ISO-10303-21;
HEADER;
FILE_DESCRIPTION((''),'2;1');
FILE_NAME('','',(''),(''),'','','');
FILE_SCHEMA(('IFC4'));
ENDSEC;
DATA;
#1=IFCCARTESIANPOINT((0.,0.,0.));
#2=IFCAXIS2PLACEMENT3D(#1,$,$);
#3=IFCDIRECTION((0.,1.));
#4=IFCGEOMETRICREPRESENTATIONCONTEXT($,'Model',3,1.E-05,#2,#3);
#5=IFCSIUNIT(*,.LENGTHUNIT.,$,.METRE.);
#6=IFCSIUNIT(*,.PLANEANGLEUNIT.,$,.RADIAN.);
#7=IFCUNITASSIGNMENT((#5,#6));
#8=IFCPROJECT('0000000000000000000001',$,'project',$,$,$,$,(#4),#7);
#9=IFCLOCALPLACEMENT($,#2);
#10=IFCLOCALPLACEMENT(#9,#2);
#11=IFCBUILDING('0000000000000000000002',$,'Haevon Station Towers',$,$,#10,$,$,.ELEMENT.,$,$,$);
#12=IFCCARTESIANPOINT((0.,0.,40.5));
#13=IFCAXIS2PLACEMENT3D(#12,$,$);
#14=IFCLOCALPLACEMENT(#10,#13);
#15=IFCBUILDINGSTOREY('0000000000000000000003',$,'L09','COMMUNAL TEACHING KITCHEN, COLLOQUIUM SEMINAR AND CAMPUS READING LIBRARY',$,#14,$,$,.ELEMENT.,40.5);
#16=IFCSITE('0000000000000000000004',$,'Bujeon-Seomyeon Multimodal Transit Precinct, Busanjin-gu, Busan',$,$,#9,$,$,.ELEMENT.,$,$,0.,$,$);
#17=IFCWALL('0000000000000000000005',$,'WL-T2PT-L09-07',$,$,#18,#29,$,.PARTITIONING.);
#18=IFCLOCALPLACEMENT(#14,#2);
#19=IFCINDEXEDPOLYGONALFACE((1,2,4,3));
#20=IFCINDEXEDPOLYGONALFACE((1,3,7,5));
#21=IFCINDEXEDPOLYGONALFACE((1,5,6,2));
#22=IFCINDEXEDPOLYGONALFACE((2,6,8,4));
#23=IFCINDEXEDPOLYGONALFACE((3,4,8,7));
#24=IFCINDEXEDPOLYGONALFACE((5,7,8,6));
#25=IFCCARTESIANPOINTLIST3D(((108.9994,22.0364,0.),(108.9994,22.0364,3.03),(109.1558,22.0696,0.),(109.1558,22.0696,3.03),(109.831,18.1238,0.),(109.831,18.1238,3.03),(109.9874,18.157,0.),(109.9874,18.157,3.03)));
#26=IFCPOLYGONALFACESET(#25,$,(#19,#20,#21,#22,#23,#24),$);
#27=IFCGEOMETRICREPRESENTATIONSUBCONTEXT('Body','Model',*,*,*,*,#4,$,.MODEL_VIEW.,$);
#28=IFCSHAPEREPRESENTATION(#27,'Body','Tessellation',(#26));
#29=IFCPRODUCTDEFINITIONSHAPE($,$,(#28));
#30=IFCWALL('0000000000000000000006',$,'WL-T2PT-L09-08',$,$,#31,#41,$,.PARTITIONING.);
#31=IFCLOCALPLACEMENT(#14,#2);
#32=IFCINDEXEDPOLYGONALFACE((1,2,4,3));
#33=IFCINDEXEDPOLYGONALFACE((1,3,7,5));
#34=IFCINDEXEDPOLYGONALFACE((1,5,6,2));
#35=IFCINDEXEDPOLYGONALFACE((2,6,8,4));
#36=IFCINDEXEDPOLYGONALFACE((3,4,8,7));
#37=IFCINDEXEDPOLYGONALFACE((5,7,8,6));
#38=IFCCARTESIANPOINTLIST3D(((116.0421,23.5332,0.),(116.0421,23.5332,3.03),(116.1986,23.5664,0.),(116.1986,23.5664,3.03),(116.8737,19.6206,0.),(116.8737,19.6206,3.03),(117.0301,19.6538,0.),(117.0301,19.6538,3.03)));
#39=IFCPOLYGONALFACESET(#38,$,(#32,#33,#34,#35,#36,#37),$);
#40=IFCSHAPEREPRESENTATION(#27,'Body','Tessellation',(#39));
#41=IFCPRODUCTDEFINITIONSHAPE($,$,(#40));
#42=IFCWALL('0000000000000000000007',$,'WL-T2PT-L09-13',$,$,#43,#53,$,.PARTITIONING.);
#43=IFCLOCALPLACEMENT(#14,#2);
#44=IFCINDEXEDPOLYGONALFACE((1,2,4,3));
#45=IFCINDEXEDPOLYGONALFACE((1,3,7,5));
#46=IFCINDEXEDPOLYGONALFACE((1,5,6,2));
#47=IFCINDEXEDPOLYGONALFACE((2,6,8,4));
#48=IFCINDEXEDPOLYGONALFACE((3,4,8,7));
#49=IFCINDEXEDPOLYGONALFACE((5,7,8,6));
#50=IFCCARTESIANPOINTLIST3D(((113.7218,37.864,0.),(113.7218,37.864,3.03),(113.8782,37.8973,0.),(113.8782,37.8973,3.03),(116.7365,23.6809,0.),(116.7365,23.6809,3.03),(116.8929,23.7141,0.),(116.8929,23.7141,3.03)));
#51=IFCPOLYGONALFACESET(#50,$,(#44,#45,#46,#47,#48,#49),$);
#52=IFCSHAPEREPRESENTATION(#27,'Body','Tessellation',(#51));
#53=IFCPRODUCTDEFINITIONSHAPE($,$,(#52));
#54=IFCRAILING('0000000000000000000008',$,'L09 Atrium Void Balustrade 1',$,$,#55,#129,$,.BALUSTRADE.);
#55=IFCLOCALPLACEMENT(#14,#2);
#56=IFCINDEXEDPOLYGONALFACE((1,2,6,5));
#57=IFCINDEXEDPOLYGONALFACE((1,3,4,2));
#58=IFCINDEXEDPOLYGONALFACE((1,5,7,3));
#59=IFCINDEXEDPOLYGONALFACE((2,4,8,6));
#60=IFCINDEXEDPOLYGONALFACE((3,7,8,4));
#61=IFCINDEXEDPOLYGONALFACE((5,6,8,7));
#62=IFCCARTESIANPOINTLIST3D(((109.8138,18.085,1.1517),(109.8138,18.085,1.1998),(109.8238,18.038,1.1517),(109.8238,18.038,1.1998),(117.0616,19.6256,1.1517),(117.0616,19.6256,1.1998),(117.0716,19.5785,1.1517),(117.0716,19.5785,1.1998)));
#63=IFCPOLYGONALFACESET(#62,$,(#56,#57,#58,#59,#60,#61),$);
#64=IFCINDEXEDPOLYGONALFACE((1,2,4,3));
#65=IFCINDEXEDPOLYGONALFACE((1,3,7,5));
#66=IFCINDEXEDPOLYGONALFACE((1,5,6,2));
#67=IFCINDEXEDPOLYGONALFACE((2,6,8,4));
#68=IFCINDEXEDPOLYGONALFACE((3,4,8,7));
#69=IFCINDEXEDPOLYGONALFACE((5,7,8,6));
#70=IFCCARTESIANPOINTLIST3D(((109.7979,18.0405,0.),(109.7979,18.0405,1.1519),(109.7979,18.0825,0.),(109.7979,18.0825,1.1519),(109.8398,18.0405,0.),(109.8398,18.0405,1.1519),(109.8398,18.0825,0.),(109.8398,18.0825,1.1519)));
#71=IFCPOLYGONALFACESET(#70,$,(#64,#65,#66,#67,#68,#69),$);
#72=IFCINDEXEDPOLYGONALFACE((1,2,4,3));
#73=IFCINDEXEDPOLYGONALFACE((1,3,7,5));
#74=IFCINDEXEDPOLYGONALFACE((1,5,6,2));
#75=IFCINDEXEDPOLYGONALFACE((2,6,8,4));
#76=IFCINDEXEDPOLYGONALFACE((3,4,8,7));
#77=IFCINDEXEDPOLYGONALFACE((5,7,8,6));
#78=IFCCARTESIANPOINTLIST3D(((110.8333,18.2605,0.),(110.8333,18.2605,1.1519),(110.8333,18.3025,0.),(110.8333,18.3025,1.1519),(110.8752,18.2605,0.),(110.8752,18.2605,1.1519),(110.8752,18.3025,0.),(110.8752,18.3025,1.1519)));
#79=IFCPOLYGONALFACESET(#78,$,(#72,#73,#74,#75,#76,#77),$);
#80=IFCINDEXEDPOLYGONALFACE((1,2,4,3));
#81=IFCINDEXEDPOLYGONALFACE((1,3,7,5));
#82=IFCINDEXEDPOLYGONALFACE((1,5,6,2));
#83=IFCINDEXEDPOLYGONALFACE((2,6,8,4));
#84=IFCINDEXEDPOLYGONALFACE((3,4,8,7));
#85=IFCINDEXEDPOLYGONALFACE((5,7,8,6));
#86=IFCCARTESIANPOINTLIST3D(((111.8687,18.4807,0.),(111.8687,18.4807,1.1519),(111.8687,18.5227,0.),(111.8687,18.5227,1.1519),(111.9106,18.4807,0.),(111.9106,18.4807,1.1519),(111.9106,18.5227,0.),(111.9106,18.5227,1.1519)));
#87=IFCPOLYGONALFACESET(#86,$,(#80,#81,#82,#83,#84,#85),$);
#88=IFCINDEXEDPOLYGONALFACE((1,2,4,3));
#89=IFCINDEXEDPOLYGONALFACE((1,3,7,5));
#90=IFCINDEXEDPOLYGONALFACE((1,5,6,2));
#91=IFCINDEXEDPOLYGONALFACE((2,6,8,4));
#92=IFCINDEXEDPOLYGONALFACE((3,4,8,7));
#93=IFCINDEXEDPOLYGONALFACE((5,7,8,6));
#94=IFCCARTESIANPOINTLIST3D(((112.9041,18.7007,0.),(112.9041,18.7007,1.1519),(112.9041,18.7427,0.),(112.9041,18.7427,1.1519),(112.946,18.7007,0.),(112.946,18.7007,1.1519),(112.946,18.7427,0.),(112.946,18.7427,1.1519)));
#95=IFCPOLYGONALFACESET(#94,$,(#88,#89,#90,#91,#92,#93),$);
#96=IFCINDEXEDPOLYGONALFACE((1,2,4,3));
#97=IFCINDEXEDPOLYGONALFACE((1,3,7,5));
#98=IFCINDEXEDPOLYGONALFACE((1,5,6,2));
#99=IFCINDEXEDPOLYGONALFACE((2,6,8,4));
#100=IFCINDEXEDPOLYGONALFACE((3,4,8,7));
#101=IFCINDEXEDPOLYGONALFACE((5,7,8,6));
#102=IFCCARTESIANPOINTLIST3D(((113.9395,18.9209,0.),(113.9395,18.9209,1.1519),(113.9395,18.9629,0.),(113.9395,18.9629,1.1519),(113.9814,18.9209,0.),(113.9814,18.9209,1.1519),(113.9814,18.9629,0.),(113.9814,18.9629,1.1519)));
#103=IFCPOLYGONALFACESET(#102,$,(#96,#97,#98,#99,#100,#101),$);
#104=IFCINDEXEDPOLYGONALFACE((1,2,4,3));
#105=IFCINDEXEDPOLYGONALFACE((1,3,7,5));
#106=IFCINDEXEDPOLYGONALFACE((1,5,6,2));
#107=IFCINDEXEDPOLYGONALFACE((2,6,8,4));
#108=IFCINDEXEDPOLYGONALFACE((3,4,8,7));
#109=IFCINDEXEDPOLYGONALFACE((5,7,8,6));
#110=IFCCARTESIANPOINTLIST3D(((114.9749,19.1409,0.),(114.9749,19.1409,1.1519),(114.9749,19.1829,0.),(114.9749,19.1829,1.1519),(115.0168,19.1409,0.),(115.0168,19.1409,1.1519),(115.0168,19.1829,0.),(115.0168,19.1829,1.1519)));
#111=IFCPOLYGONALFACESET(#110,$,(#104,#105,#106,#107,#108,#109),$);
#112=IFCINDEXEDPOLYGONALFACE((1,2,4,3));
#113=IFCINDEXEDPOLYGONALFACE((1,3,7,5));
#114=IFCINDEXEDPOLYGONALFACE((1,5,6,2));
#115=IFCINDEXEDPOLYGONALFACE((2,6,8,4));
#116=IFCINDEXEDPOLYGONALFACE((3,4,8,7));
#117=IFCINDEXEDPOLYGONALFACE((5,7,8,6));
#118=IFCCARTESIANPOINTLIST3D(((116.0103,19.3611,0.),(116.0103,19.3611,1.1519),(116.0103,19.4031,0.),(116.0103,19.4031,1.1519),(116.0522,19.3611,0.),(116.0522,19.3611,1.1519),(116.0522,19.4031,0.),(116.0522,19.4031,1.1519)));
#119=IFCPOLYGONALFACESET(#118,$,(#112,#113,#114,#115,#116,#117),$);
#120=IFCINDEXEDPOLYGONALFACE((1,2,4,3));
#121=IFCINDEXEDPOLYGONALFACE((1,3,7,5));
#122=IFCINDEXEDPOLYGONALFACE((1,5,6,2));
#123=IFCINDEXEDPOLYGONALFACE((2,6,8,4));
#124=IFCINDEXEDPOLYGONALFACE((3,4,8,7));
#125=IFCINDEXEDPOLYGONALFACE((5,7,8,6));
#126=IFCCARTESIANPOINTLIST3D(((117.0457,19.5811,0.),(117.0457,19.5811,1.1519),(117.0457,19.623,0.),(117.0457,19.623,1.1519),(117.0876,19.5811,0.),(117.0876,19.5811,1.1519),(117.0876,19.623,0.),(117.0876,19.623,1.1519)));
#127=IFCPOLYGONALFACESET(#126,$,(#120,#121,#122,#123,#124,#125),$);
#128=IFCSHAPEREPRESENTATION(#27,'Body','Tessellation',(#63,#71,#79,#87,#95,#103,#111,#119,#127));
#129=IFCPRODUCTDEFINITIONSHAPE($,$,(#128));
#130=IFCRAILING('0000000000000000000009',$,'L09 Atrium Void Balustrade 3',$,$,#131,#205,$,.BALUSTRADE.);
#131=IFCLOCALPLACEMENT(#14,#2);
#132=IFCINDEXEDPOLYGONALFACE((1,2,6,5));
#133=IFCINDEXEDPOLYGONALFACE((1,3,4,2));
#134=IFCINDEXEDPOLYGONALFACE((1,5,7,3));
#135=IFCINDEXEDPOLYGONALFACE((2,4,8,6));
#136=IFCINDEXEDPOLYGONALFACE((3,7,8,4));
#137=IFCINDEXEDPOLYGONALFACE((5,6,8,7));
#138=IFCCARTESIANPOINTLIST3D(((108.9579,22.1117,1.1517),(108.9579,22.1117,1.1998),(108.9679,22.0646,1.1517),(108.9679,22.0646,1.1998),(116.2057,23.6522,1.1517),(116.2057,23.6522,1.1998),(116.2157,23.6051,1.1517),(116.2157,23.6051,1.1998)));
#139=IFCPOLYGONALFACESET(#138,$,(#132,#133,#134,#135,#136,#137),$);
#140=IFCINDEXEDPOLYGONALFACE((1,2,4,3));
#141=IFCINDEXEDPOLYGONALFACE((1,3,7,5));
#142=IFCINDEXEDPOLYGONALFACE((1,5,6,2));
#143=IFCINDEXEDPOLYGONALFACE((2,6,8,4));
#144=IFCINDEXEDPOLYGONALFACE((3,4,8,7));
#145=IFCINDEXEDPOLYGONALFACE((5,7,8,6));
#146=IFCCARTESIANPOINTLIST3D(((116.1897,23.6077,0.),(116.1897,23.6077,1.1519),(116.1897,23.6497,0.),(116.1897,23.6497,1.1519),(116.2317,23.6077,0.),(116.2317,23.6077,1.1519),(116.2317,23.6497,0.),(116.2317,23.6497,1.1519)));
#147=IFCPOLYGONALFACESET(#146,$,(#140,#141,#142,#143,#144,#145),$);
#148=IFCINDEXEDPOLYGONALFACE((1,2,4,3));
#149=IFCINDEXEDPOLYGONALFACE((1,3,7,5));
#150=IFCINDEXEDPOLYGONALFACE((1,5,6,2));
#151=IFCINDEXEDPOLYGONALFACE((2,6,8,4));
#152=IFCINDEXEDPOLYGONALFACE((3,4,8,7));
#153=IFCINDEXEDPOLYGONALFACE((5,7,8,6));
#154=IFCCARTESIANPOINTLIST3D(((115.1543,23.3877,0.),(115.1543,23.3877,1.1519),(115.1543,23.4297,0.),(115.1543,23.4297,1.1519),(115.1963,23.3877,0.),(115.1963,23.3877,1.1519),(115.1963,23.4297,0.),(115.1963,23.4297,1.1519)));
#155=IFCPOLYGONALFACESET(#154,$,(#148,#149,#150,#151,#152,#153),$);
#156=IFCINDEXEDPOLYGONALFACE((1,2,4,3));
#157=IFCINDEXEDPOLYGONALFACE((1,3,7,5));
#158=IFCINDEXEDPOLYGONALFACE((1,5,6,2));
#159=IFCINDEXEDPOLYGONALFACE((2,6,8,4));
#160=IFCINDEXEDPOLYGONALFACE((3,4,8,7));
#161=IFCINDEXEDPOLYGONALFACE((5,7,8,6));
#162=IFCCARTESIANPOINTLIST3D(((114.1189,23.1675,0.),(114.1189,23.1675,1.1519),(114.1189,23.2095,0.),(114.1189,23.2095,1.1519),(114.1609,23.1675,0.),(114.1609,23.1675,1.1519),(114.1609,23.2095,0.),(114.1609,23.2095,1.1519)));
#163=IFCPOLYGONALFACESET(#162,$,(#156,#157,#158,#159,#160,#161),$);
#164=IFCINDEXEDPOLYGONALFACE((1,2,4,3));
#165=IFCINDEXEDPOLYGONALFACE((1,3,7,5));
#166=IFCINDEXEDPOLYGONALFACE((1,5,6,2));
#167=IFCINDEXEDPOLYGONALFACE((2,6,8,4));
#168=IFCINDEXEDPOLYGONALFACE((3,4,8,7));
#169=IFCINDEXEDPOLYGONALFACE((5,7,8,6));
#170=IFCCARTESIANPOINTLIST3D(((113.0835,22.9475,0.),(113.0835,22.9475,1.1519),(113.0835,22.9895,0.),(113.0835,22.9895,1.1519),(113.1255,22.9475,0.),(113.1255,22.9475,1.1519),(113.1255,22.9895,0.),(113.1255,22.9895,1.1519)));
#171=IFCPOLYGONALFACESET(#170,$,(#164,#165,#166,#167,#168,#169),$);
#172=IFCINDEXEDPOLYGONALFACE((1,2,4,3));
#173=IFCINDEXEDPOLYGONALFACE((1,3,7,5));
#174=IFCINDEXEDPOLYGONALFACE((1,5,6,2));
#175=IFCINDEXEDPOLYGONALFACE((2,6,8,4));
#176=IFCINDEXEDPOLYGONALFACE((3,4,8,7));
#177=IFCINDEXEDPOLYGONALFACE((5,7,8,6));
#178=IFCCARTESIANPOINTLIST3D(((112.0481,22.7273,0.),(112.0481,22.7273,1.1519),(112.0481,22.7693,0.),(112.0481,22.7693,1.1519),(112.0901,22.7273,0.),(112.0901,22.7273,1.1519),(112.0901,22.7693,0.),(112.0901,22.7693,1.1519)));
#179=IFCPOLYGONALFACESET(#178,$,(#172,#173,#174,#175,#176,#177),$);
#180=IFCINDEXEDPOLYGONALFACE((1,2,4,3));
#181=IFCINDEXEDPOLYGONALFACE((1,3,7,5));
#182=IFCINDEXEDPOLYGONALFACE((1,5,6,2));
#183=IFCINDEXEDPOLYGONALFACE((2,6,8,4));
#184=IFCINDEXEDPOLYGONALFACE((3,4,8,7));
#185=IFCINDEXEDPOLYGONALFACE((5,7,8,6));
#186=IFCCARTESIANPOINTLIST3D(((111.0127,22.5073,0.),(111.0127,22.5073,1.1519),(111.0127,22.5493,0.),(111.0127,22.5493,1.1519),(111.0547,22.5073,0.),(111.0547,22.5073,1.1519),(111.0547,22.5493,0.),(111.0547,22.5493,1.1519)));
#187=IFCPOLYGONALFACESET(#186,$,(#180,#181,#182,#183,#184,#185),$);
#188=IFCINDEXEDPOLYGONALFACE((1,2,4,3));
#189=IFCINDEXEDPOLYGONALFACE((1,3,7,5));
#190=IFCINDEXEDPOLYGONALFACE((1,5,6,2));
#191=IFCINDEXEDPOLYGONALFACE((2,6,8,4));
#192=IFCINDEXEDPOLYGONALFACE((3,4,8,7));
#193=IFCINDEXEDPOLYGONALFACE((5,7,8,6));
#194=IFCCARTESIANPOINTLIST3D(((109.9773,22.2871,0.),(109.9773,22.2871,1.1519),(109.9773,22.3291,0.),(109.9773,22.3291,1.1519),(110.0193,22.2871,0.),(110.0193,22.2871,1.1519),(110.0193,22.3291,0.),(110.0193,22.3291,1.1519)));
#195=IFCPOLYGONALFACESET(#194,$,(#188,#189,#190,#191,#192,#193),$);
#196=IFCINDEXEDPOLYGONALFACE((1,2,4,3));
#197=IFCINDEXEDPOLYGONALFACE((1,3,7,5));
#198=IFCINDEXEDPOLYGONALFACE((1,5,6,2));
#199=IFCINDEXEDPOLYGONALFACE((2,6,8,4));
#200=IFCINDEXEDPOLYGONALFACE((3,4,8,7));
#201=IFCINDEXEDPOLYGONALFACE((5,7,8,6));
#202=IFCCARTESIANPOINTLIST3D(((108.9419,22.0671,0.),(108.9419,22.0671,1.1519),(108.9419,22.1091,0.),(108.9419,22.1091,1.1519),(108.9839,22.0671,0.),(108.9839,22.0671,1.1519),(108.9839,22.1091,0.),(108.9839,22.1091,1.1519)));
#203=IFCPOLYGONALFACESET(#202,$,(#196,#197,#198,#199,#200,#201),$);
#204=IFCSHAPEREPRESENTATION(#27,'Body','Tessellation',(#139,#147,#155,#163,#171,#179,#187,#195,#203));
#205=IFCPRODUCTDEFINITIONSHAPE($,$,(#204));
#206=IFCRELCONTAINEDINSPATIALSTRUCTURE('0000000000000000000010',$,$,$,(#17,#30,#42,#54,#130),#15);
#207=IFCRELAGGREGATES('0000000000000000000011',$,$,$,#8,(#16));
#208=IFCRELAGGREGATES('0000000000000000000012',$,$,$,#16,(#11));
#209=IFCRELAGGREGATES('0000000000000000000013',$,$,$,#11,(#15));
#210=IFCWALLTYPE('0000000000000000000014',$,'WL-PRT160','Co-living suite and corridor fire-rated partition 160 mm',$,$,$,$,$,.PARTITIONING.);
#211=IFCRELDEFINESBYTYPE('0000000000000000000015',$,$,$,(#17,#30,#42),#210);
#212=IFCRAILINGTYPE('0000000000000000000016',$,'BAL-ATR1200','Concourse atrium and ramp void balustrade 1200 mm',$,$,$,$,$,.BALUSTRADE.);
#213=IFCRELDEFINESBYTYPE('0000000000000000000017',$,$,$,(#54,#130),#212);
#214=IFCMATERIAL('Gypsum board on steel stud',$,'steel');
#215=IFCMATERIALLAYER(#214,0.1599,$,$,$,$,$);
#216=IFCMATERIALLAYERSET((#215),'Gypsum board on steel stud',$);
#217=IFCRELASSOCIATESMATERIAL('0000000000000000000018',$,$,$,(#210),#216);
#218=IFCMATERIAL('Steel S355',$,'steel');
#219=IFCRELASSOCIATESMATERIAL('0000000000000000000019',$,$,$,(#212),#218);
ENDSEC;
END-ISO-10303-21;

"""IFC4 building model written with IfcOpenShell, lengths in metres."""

from ifc_helpers import new_model, si_unit, direction, frame, frame_2d, origin, origin_2d, place, context, subcontext, project, spatial, rectangle, extrude, material, layer, layer_set, type_object, element, save


model = new_model("IFC4")

# Units and contexts
model_context = context("Model", 3, precision=1e-05, world=origin(), true_north=direction((0.0, 1.0)))
body_context = subcontext(model_context, "Body", "Model", "MODEL_VIEW")
ifc_project = project(units=[si_unit("LENGTHUNIT", "METRE"), si_unit("PLANEANGLEUNIT", "RADIAN")], contexts=[model_context])

# Site, building, storey
site_placement = place(None, origin())
site = spatial("IfcSite", under=ifc_project, at=site_placement, Name="Bujeon-Seomyeon Multimodal Transit Precinct, Busanjin-gu, Busan", CompositionType="ELEMENT", RefElevation=0.0)
building_placement = place(site_placement, origin())
building = spatial("IfcBuilding", under=site, at=building_placement, Name="Haevon Station Towers", CompositionType="ELEMENT")
storey_placement = place(building_placement, frame((0.0, 0.0, 40.5)))
storey = spatial("IfcBuildingStorey", under=building, at=storey_placement, Name="L09", Description="COMMUNAL TEACHING KITCHEN, COLLOQUIUM SEMINAR AND CAMPUS READING LIBRARY", CompositionType="ELEMENT", Elevation=40.5)

# Shared definitions
ifc_material_1 = material(Name="Steel S355", Category="steel")

# Shared definitions
ifc_material_2 = material(Name="Gypsum board on steel stud", Category="steel")

# Walls
ifc_layer_1 = layer(ifc_material_2, 0.1599)
ifc_layer_set_1 = layer_set([ifc_layer_1], Name="Gypsum board on steel stud")
wall_type_1 = type_object("IfcWallType", Name="WL-PRT160", Description="Co-living suite and corridor fire-rated partition 160 mm", PredefinedType="PARTITIONING", material=ifc_layer_set_1)
for number, where, z_axis, x_axis, name in (
    (1, (109.9092, 18.1404, 0.0), (0.0, 0.0, 1.0), (-0.207886, 0.978153, 0.0), "WL-T2PT-L09-07"),
    (2, (116.9519, 19.6372, 0.0), (0.0, 0.0, 1.0), (-0.207886, 0.978153, 0.0), "WL-T2PT-L09-08"),
):
    element("IfcWall", number, at=place(storey_placement, frame(where, z_axis=z_axis, x_axis=x_axis)), inside=storey, type_object=wall_type_1, Name=name, PredefinedType="PARTITIONING", context=body_context, shape_type="SweptSolid", body=[
        extrude(rectangle(XDim=4.0, YDim=0.1599, at=frame_2d((2.0, 0.0))), origin(), (0.0, 0.0, 1.0), 3.03),
    ])
wall_1_placement = place(storey_placement, frame((116.8147, 23.6975, 0.0), z_axis=(0.0, 0.0, 1.0), x_axis=(-0.207907, 0.978148, 0.0)))
element("IfcWall", 3, at=wall_1_placement, inside=storey, type_object=wall_type_1, Name="WL-T2PT-L09-13", PredefinedType="PARTITIONING", context=body_context, shape_type="SweptSolid", body=[
    extrude(rectangle(XDim=14.5, YDim=0.1599, at=frame_2d((7.25, 0.0))), origin(), (0.0, 0.0, 1.0), 3.03),
])

# Railings
railing_type = type_object("IfcRailingType", Name="BAL-ATR1200", Description="Concourse atrium and ramp void balustrade 1200 mm", PredefinedType="BALUSTRADE", material=ifc_material_1)
railing_1_placement = place(storey_placement, frame((109.8188, 18.0615, 0.0)))
element("IfcRailing", 4, at=railing_1_placement, inside=storey, type_object=railing_type, Name="L09 Atrium Void Balustrade 1", PredefinedType="BALUSTRADE", context=body_context, shape_type="SweptSolid", body=[
    extrude(rectangle(XDim=0.0481, YDim=0.0481, at=origin_2d()), frame((0.0, 0.0, 1.1758), z_axis=(0.978149, 0.207906, 0.0), x_axis=(-0.207906, 0.978149, 0.0)), (0.0, 0.0, 1.0), 7.4097),
    extrude(rectangle(XDim=0.042, YDim=0.042, at=origin_2d()), origin(), (0.0, 0.0, 1.0), 1.1519),
    extrude(rectangle(XDim=0.042, YDim=0.042, at=origin_2d()), frame((1.0354, 0.22, 0.0)), (0.0, 0.0, 1.0), 1.1519),
    extrude(rectangle(XDim=0.042, YDim=0.042, at=origin_2d()), frame((2.0708, 0.4402, 0.0)), (0.0, 0.0, 1.0), 1.1519),
    extrude(rectangle(XDim=0.042, YDim=0.042, at=origin_2d()), frame((3.1062, 0.6602, 0.0)), (0.0, 0.0, 1.0), 1.1519),
    extrude(rectangle(XDim=0.042, YDim=0.042, at=origin_2d()), frame((4.1416, 0.8804, 0.0)), (0.0, 0.0, 1.0), 1.1519),
    extrude(rectangle(XDim=0.042, YDim=0.042, at=origin_2d()), frame((5.177, 1.1003, 0.0)), (0.0, 0.0, 1.0), 1.1519),
    extrude(rectangle(XDim=0.042, YDim=0.042, at=origin_2d()), frame((6.2124, 1.3206, 0.0)), (0.0, 0.0, 1.0), 1.1519),
    extrude(rectangle(XDim=0.042, YDim=0.042, at=origin_2d()), frame((7.2478, 1.5405, 0.0)), (0.0, 0.0, 1.0), 1.1519),
])
railing_2_placement = place(storey_placement, frame((116.2107, 23.6287, 0.0)))
element("IfcRailing", 5, at=railing_2_placement, inside=storey, type_object=railing_type, Name="L09 Atrium Void Balustrade 3", PredefinedType="BALUSTRADE", context=body_context, shape_type="SweptSolid", body=[
    extrude(rectangle(XDim=0.0481, YDim=0.0481, at=origin_2d()), frame((0.0, 0.0, 1.1758), z_axis=(-0.978149, -0.207906, 0.0), x_axis=(0.207906, -0.978149, 0.0)), (0.0, 0.0, 1.0), 7.4097),
    extrude(rectangle(XDim=0.042, YDim=0.042, at=origin_2d()), origin(), (0.0, 0.0, 1.0), 1.1519),
    extrude(rectangle(XDim=0.042, YDim=0.042, at=origin_2d()), frame((-1.0354, -0.22, 0.0)), (0.0, 0.0, 1.0), 1.1519),
    extrude(rectangle(XDim=0.042, YDim=0.042, at=origin_2d()), frame((-2.0708, -0.4402, 0.0)), (0.0, 0.0, 1.0), 1.1519),
    extrude(rectangle(XDim=0.042, YDim=0.042, at=origin_2d()), frame((-3.1062, -0.6602, 0.0)), (0.0, 0.0, 1.0), 1.1519),
    extrude(rectangle(XDim=0.042, YDim=0.042, at=origin_2d()), frame((-4.1416, -0.8804, 0.0)), (0.0, 0.0, 1.0), 1.1519),
    extrude(rectangle(XDim=0.042, YDim=0.042, at=origin_2d()), frame((-5.177, -1.1003, 0.0)), (0.0, 0.0, 1.0), 1.1519),
    extrude(rectangle(XDim=0.042, YDim=0.042, at=origin_2d()), frame((-6.2124, -1.3206, 0.0)), (0.0, 0.0, 1.0), 1.1519),
    extrude(rectangle(XDim=0.042, YDim=0.042, at=origin_2d()), frame((-7.2478, -1.5405, 0.0)), (0.0, 0.0, 1.0), 1.1519),
])

save(model, "model.ifc")
